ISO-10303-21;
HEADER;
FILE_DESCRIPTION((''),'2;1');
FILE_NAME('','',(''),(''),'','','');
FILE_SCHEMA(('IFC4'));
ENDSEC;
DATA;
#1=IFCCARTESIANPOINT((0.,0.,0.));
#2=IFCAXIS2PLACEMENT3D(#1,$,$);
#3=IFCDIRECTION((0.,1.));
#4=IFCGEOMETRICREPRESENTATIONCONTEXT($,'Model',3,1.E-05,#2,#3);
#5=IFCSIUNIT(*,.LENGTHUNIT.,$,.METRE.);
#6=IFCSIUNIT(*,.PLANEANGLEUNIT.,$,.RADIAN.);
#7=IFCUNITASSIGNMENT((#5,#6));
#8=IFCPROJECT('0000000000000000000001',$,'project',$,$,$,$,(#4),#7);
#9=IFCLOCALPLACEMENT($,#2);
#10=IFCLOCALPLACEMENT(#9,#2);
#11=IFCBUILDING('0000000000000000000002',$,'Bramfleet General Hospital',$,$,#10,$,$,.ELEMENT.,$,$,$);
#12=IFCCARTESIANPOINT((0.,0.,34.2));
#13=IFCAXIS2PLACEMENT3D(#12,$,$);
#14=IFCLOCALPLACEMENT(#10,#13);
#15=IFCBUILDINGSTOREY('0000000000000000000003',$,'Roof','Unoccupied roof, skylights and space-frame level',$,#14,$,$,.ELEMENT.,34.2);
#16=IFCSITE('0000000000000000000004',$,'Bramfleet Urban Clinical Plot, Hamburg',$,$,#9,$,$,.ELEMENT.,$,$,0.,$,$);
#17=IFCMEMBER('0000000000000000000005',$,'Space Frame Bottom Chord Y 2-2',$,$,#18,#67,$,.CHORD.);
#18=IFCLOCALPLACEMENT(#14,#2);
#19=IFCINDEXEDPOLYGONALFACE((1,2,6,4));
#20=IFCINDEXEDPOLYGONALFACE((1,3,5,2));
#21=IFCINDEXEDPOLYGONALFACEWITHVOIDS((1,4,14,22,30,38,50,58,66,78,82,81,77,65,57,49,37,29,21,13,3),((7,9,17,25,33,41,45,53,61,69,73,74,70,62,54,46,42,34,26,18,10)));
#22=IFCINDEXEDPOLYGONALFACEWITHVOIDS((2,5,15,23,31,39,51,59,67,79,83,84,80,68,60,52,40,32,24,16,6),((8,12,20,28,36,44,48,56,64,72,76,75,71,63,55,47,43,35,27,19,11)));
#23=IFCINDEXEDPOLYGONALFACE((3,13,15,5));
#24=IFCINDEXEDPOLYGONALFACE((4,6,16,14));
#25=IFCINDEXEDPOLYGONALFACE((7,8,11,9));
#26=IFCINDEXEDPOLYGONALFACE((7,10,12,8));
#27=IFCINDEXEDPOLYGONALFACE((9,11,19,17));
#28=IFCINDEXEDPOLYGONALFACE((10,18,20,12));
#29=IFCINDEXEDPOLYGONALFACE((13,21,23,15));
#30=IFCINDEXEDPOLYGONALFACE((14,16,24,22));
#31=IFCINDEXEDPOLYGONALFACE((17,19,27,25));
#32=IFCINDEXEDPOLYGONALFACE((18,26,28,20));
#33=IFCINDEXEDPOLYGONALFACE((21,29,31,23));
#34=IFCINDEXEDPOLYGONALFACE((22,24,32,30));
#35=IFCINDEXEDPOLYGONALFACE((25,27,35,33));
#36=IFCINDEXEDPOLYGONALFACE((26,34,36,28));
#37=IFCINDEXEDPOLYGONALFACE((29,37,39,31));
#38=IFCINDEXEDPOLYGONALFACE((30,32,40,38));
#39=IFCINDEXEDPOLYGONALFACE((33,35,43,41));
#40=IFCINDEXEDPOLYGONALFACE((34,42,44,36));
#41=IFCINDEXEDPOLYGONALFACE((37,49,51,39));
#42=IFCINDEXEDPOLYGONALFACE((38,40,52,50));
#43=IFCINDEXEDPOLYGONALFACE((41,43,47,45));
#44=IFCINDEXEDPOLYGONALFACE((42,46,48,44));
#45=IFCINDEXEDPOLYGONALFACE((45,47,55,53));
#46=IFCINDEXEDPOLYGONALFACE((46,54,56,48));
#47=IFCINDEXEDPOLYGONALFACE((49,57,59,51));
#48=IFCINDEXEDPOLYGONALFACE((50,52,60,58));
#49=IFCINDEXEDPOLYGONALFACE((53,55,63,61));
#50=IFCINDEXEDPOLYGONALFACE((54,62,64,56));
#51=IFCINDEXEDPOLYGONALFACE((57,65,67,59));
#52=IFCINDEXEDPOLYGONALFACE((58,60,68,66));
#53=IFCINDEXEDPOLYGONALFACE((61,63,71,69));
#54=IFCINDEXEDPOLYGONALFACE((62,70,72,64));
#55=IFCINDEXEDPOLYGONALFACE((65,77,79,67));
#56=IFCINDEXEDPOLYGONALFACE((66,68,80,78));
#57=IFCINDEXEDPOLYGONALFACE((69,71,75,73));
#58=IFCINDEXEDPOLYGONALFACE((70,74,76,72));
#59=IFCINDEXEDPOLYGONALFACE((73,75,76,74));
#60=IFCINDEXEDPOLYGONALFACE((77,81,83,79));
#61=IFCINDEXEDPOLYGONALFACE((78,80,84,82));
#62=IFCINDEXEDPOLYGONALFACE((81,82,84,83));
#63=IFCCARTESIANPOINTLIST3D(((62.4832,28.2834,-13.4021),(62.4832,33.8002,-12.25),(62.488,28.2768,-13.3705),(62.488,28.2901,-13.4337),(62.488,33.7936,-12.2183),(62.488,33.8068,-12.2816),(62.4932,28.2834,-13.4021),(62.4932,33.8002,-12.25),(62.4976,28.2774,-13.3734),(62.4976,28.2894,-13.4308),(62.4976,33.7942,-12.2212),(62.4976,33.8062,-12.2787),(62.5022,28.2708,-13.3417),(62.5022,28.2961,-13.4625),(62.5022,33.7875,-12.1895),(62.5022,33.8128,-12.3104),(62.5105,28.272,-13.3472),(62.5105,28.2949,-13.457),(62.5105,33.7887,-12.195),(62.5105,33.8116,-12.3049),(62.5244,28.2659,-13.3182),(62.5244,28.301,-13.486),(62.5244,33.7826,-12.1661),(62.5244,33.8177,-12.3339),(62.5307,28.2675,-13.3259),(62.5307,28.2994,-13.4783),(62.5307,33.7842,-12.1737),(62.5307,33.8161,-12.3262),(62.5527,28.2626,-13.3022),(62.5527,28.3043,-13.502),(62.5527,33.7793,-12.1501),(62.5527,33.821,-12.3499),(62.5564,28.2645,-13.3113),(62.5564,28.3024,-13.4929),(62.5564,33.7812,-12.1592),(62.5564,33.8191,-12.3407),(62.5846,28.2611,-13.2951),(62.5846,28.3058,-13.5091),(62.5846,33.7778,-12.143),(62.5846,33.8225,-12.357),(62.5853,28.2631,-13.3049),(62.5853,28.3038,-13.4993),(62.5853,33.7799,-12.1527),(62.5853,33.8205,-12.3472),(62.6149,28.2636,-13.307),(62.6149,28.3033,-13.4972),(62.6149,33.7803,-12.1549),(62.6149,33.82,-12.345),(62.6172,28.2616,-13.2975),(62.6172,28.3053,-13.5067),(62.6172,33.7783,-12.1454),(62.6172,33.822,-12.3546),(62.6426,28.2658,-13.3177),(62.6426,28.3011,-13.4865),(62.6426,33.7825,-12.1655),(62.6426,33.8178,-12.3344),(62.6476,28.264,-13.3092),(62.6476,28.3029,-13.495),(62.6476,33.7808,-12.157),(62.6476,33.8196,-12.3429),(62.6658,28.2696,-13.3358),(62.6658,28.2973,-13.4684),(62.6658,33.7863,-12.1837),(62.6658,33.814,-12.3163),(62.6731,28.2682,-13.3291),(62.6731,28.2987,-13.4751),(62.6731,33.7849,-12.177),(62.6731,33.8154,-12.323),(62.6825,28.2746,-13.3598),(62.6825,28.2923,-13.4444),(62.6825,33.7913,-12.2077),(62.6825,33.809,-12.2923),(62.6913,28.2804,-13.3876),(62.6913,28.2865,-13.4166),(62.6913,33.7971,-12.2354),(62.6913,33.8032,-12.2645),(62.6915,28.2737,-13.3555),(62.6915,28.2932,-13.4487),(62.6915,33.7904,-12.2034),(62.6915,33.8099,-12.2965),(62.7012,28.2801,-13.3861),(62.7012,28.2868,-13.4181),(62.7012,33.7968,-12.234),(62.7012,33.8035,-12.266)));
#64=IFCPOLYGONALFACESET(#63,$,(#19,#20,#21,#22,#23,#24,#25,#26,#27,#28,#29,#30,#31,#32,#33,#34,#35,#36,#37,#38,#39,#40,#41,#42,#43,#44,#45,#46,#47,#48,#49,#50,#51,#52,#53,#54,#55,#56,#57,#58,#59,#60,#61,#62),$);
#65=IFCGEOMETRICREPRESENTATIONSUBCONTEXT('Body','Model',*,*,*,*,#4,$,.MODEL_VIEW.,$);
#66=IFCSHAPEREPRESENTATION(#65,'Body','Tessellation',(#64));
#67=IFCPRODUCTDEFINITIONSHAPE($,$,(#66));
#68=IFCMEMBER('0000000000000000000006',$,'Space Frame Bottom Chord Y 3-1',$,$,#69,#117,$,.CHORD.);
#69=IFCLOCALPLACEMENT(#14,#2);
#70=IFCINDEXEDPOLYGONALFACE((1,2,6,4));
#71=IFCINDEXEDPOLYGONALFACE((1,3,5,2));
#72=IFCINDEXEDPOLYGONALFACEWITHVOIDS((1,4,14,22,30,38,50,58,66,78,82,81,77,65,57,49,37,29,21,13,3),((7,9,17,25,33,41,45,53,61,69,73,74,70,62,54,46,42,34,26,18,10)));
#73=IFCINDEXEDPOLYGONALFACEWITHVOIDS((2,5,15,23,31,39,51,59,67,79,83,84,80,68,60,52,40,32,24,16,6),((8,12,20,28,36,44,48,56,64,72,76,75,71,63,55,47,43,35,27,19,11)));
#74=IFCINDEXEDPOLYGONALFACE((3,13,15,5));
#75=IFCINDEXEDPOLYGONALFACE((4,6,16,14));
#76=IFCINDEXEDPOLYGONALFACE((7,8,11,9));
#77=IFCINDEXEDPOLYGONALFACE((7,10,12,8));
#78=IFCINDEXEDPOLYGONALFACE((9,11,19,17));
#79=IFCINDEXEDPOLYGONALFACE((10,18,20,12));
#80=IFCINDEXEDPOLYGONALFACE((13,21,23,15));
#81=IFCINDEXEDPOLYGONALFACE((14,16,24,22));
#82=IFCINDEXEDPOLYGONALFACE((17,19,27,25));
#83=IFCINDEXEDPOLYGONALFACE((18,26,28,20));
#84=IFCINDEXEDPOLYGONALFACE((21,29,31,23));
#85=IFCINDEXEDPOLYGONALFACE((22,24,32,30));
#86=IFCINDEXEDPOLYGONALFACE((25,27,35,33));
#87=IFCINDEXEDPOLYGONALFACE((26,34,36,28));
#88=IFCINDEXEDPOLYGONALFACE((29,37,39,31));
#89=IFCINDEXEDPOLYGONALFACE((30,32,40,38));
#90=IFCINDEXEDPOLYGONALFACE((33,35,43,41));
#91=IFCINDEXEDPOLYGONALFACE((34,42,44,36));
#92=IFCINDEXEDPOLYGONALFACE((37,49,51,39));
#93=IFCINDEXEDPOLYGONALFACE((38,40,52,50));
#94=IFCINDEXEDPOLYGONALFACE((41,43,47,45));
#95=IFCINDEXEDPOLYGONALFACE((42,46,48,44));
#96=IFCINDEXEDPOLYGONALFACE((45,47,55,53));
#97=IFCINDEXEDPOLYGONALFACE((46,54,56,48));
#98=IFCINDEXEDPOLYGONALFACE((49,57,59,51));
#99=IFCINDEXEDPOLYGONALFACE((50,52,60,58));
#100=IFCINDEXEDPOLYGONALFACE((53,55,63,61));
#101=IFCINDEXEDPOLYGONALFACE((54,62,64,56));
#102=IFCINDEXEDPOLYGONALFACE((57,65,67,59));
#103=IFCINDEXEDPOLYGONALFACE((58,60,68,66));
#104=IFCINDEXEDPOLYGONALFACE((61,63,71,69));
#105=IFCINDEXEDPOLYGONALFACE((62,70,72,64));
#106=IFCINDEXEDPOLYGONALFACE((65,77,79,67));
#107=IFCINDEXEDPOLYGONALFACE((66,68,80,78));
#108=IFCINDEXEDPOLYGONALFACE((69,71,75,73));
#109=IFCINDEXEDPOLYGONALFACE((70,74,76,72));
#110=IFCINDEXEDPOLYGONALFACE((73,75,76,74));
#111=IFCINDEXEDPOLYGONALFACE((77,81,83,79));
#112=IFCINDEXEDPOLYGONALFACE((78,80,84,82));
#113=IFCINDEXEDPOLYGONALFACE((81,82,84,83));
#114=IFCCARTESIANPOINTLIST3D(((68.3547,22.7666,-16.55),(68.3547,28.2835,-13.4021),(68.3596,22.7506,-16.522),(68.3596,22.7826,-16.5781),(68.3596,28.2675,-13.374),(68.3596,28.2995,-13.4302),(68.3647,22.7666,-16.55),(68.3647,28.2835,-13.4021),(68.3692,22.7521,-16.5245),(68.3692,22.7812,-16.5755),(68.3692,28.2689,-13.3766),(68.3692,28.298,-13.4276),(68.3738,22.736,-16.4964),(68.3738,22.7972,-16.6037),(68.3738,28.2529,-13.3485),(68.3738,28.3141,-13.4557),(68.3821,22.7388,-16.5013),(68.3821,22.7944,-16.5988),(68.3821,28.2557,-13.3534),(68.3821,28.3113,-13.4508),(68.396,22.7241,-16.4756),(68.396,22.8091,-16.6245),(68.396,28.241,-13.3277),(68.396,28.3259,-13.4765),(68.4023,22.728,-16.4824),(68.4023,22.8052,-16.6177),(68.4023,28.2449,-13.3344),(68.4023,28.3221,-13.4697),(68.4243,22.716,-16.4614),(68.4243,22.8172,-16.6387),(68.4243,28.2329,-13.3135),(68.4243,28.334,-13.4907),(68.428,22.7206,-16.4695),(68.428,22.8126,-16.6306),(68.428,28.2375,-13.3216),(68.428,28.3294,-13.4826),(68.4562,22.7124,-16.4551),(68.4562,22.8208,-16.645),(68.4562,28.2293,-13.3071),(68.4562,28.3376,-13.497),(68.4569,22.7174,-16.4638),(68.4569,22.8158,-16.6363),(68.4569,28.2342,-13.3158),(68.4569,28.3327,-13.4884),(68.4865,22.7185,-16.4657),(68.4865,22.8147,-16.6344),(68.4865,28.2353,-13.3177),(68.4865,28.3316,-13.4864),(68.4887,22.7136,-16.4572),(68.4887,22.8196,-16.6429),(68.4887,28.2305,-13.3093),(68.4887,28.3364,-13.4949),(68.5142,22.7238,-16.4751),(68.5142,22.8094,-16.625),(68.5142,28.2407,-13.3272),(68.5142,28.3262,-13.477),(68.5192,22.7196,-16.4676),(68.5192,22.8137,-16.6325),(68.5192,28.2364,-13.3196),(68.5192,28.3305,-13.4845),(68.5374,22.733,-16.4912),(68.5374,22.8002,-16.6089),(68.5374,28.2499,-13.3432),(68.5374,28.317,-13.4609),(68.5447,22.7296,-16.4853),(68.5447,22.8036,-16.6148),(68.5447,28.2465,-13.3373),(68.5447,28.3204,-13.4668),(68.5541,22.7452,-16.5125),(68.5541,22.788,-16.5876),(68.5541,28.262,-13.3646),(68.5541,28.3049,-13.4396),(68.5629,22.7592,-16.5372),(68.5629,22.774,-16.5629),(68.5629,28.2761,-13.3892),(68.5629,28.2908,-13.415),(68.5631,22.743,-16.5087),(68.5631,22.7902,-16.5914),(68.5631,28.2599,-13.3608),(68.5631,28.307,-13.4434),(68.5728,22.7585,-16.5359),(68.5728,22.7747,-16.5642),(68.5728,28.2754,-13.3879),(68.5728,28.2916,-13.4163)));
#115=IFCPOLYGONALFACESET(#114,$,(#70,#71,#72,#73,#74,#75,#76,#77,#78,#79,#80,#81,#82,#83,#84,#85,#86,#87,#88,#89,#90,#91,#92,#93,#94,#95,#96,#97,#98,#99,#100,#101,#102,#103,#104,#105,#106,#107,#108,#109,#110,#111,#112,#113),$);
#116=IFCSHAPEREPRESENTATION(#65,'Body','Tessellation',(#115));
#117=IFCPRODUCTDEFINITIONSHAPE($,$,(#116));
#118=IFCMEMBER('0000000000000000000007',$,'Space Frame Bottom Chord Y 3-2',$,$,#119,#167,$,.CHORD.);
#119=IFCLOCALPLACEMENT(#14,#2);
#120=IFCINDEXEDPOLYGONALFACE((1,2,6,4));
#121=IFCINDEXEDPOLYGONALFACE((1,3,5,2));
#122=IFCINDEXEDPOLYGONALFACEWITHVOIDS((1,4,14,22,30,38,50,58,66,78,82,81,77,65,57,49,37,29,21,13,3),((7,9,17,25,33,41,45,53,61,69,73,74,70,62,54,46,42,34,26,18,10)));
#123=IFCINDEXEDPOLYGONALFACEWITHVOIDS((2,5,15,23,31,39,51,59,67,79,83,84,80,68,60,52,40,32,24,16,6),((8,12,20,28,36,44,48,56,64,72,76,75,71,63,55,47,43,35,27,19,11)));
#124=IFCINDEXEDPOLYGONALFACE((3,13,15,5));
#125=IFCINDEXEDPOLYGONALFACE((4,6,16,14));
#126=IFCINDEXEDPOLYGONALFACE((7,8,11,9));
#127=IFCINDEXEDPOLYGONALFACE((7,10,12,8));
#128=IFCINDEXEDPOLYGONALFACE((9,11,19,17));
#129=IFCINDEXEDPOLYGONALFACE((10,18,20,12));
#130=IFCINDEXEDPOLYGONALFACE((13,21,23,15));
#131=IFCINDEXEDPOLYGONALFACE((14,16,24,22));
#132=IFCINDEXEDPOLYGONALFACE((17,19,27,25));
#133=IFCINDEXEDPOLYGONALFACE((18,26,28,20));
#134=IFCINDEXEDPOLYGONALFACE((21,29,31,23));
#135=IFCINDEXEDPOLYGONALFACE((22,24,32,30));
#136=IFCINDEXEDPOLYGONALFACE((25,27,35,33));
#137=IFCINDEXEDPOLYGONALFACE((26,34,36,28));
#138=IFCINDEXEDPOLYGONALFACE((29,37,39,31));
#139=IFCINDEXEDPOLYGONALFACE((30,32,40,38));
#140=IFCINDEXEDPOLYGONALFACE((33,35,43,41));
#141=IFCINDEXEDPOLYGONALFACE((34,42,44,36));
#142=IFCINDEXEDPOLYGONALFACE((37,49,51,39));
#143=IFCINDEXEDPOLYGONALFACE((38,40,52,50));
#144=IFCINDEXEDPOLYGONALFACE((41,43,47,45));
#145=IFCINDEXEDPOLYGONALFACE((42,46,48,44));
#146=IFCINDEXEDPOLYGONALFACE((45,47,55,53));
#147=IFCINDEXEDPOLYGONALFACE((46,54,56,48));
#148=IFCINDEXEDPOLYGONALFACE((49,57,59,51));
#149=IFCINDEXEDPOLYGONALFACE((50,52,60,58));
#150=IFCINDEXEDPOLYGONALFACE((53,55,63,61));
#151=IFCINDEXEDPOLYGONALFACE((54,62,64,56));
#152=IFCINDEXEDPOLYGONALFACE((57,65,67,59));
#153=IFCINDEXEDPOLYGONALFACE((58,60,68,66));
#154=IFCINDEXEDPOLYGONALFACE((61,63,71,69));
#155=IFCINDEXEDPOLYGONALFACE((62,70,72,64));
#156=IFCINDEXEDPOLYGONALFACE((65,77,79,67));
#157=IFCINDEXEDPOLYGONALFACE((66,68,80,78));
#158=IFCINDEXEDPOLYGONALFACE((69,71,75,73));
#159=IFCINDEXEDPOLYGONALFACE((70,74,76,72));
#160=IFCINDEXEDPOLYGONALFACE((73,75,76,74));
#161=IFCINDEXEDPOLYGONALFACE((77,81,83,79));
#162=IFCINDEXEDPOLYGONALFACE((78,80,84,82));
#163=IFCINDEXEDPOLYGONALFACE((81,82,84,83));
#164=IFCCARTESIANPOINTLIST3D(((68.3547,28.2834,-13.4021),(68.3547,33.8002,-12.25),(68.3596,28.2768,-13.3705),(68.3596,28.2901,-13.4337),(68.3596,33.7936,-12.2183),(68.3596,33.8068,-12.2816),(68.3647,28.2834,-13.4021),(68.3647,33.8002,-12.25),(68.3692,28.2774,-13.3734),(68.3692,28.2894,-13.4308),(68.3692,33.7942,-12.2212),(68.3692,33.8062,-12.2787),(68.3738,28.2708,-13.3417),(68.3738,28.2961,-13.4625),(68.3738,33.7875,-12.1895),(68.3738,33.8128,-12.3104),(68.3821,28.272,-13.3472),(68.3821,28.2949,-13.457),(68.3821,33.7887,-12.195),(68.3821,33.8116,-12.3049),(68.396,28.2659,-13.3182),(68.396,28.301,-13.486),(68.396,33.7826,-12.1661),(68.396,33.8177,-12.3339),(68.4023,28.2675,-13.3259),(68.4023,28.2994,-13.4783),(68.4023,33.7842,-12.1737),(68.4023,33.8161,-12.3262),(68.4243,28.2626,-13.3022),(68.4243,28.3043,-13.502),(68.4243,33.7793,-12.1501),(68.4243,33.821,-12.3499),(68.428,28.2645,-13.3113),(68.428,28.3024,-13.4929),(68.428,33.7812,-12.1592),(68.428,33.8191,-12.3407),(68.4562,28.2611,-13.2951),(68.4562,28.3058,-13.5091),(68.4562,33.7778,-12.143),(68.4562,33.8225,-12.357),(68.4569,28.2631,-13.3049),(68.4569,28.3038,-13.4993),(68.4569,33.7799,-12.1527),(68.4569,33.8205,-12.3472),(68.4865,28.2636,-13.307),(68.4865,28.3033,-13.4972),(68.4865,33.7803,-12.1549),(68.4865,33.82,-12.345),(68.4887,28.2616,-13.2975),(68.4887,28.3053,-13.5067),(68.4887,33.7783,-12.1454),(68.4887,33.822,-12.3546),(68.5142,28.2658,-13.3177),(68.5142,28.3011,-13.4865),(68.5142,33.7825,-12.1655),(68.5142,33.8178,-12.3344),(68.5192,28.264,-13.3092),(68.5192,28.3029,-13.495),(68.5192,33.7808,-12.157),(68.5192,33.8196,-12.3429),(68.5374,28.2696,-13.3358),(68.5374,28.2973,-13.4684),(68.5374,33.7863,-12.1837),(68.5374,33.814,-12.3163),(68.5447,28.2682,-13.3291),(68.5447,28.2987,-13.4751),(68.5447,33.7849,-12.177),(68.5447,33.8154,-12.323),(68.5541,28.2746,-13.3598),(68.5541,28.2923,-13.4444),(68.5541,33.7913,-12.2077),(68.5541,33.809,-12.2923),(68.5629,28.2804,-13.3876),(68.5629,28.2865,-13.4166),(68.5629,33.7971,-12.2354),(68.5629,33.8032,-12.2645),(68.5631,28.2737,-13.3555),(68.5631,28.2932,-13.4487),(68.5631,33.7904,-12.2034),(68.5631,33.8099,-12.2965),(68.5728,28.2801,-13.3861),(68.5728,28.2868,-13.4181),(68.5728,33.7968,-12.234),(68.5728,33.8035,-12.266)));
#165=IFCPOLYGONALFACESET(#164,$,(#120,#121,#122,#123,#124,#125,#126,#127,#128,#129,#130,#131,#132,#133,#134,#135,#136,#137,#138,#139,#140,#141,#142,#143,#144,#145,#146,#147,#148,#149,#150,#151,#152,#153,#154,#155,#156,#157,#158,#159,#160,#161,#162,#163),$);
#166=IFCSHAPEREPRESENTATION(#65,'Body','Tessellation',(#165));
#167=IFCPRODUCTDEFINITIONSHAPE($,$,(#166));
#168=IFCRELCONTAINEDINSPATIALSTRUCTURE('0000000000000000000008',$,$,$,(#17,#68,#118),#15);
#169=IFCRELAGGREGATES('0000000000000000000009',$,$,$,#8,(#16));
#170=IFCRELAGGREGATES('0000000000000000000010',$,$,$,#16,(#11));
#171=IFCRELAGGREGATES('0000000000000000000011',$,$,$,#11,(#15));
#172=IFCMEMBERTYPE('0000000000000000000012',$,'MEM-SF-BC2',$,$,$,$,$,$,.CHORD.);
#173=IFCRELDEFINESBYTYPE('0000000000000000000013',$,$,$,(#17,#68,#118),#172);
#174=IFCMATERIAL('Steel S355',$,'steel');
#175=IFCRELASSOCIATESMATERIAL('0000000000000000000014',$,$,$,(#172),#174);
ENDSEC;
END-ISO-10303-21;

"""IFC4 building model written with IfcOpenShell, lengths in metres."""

from ifc_helpers import new_model, si_unit, direction, frame, origin, origin_2d, place, context, subcontext, project, spatial, hollow_circle, extrude, material, material_profile, profile_set, type_object, element, save


model = new_model("IFC4")

# Units and contexts
model_context = context("Model", 3, precision=1e-05, world=origin(), true_north=direction((0.0, 1.0)))
body_context = subcontext(model_context, "Body", "Model", "MODEL_VIEW")
ifc_project = project(units=[si_unit("LENGTHUNIT", "METRE"), si_unit("PLANEANGLEUNIT", "RADIAN")], contexts=[model_context])

# Site, building, storey
site_placement = place(None, origin())
site = spatial("IfcSite", under=ifc_project, at=site_placement, Name="Bramfleet Urban Clinical Plot, Hamburg", CompositionType="ELEMENT", RefElevation=0.0)
building_placement = place(site_placement, origin())
building = spatial("IfcBuilding", under=site, at=building_placement, Name="Bramfleet General Hospital", CompositionType="ELEMENT")
storey_placement = place(building_placement, frame((0.0, 0.0, 34.2)))
storey = spatial("IfcBuildingStorey", under=building, at=storey_placement, Name="Roof", Description="Unoccupied roof, skylights and space-frame level", CompositionType="ELEMENT", Elevation=34.2)

# Members
ifc_material = material(Name="Steel S355", Category="steel")
ifc_material_profile_1 = material_profile(ifc_material, hollow_circle(Radius=0.1096, WallThickness=0.01, at=origin_2d()), Name="CHS 219.1x10.0")
ifc_profile_set_1 = profile_set([ifc_material_profile_1], Name="Steel S355")
member_type_1 = type_object("IfcMemberType", Name="MEM-SF-BC2", PredefinedType="CHORD", material=ifc_profile_set_1)
member_1_placement = place(storey_placement, frame((62.5928, 28.2834, -13.4021), z_axis=(0.0, 0.978881, 0.204432), x_axis=(-1.0, 0.0, 0.0)))
element("IfcMember", 1, at=member_1_placement, inside=storey, type_object=member_type_1, Name="Space Frame Bottom Chord Y 2-2", PredefinedType="CHORD", context=body_context, shape_type="SweptSolid", body=[
    extrude(hollow_circle(Radius=0.1096, WallThickness=0.01, at=origin_2d()), origin(), (0.0, 0.0, 1.0), 5.6357),
])
member_2_placement = place(storey_placement, frame((68.4644, 22.7666, -16.55), z_axis=(0.0, 0.86855, 0.495601), x_axis=(-1.0, 0.0, 0.0)))
element("IfcMember", 2, at=member_2_placement, inside=storey, type_object=member_type_1, Name="Space Frame Bottom Chord Y 3-1", PredefinedType="CHORD", context=body_context, shape_type="SweptSolid", body=[
    extrude(hollow_circle(Radius=0.1096, WallThickness=0.01, at=origin_2d()), origin(), (0.0, 0.0, 1.0), 6.3518),
])
member_3_placement = place(storey_placement, frame((68.4644, 28.2834, -13.4021), z_axis=(0.0, 0.978881, 0.204432), x_axis=(-1.0, 0.0, 0.0)))
element("IfcMember", 3, at=member_3_placement, inside=storey, type_object=member_type_1, Name="Space Frame Bottom Chord Y 3-2", PredefinedType="CHORD", context=body_context, shape_type="SweptSolid", body=[
    extrude(hollow_circle(Radius=0.1096, WallThickness=0.01, at=origin_2d()), origin(), (0.0, 0.0, 1.0), 5.6357),
])

save(model, "model.ifc")
